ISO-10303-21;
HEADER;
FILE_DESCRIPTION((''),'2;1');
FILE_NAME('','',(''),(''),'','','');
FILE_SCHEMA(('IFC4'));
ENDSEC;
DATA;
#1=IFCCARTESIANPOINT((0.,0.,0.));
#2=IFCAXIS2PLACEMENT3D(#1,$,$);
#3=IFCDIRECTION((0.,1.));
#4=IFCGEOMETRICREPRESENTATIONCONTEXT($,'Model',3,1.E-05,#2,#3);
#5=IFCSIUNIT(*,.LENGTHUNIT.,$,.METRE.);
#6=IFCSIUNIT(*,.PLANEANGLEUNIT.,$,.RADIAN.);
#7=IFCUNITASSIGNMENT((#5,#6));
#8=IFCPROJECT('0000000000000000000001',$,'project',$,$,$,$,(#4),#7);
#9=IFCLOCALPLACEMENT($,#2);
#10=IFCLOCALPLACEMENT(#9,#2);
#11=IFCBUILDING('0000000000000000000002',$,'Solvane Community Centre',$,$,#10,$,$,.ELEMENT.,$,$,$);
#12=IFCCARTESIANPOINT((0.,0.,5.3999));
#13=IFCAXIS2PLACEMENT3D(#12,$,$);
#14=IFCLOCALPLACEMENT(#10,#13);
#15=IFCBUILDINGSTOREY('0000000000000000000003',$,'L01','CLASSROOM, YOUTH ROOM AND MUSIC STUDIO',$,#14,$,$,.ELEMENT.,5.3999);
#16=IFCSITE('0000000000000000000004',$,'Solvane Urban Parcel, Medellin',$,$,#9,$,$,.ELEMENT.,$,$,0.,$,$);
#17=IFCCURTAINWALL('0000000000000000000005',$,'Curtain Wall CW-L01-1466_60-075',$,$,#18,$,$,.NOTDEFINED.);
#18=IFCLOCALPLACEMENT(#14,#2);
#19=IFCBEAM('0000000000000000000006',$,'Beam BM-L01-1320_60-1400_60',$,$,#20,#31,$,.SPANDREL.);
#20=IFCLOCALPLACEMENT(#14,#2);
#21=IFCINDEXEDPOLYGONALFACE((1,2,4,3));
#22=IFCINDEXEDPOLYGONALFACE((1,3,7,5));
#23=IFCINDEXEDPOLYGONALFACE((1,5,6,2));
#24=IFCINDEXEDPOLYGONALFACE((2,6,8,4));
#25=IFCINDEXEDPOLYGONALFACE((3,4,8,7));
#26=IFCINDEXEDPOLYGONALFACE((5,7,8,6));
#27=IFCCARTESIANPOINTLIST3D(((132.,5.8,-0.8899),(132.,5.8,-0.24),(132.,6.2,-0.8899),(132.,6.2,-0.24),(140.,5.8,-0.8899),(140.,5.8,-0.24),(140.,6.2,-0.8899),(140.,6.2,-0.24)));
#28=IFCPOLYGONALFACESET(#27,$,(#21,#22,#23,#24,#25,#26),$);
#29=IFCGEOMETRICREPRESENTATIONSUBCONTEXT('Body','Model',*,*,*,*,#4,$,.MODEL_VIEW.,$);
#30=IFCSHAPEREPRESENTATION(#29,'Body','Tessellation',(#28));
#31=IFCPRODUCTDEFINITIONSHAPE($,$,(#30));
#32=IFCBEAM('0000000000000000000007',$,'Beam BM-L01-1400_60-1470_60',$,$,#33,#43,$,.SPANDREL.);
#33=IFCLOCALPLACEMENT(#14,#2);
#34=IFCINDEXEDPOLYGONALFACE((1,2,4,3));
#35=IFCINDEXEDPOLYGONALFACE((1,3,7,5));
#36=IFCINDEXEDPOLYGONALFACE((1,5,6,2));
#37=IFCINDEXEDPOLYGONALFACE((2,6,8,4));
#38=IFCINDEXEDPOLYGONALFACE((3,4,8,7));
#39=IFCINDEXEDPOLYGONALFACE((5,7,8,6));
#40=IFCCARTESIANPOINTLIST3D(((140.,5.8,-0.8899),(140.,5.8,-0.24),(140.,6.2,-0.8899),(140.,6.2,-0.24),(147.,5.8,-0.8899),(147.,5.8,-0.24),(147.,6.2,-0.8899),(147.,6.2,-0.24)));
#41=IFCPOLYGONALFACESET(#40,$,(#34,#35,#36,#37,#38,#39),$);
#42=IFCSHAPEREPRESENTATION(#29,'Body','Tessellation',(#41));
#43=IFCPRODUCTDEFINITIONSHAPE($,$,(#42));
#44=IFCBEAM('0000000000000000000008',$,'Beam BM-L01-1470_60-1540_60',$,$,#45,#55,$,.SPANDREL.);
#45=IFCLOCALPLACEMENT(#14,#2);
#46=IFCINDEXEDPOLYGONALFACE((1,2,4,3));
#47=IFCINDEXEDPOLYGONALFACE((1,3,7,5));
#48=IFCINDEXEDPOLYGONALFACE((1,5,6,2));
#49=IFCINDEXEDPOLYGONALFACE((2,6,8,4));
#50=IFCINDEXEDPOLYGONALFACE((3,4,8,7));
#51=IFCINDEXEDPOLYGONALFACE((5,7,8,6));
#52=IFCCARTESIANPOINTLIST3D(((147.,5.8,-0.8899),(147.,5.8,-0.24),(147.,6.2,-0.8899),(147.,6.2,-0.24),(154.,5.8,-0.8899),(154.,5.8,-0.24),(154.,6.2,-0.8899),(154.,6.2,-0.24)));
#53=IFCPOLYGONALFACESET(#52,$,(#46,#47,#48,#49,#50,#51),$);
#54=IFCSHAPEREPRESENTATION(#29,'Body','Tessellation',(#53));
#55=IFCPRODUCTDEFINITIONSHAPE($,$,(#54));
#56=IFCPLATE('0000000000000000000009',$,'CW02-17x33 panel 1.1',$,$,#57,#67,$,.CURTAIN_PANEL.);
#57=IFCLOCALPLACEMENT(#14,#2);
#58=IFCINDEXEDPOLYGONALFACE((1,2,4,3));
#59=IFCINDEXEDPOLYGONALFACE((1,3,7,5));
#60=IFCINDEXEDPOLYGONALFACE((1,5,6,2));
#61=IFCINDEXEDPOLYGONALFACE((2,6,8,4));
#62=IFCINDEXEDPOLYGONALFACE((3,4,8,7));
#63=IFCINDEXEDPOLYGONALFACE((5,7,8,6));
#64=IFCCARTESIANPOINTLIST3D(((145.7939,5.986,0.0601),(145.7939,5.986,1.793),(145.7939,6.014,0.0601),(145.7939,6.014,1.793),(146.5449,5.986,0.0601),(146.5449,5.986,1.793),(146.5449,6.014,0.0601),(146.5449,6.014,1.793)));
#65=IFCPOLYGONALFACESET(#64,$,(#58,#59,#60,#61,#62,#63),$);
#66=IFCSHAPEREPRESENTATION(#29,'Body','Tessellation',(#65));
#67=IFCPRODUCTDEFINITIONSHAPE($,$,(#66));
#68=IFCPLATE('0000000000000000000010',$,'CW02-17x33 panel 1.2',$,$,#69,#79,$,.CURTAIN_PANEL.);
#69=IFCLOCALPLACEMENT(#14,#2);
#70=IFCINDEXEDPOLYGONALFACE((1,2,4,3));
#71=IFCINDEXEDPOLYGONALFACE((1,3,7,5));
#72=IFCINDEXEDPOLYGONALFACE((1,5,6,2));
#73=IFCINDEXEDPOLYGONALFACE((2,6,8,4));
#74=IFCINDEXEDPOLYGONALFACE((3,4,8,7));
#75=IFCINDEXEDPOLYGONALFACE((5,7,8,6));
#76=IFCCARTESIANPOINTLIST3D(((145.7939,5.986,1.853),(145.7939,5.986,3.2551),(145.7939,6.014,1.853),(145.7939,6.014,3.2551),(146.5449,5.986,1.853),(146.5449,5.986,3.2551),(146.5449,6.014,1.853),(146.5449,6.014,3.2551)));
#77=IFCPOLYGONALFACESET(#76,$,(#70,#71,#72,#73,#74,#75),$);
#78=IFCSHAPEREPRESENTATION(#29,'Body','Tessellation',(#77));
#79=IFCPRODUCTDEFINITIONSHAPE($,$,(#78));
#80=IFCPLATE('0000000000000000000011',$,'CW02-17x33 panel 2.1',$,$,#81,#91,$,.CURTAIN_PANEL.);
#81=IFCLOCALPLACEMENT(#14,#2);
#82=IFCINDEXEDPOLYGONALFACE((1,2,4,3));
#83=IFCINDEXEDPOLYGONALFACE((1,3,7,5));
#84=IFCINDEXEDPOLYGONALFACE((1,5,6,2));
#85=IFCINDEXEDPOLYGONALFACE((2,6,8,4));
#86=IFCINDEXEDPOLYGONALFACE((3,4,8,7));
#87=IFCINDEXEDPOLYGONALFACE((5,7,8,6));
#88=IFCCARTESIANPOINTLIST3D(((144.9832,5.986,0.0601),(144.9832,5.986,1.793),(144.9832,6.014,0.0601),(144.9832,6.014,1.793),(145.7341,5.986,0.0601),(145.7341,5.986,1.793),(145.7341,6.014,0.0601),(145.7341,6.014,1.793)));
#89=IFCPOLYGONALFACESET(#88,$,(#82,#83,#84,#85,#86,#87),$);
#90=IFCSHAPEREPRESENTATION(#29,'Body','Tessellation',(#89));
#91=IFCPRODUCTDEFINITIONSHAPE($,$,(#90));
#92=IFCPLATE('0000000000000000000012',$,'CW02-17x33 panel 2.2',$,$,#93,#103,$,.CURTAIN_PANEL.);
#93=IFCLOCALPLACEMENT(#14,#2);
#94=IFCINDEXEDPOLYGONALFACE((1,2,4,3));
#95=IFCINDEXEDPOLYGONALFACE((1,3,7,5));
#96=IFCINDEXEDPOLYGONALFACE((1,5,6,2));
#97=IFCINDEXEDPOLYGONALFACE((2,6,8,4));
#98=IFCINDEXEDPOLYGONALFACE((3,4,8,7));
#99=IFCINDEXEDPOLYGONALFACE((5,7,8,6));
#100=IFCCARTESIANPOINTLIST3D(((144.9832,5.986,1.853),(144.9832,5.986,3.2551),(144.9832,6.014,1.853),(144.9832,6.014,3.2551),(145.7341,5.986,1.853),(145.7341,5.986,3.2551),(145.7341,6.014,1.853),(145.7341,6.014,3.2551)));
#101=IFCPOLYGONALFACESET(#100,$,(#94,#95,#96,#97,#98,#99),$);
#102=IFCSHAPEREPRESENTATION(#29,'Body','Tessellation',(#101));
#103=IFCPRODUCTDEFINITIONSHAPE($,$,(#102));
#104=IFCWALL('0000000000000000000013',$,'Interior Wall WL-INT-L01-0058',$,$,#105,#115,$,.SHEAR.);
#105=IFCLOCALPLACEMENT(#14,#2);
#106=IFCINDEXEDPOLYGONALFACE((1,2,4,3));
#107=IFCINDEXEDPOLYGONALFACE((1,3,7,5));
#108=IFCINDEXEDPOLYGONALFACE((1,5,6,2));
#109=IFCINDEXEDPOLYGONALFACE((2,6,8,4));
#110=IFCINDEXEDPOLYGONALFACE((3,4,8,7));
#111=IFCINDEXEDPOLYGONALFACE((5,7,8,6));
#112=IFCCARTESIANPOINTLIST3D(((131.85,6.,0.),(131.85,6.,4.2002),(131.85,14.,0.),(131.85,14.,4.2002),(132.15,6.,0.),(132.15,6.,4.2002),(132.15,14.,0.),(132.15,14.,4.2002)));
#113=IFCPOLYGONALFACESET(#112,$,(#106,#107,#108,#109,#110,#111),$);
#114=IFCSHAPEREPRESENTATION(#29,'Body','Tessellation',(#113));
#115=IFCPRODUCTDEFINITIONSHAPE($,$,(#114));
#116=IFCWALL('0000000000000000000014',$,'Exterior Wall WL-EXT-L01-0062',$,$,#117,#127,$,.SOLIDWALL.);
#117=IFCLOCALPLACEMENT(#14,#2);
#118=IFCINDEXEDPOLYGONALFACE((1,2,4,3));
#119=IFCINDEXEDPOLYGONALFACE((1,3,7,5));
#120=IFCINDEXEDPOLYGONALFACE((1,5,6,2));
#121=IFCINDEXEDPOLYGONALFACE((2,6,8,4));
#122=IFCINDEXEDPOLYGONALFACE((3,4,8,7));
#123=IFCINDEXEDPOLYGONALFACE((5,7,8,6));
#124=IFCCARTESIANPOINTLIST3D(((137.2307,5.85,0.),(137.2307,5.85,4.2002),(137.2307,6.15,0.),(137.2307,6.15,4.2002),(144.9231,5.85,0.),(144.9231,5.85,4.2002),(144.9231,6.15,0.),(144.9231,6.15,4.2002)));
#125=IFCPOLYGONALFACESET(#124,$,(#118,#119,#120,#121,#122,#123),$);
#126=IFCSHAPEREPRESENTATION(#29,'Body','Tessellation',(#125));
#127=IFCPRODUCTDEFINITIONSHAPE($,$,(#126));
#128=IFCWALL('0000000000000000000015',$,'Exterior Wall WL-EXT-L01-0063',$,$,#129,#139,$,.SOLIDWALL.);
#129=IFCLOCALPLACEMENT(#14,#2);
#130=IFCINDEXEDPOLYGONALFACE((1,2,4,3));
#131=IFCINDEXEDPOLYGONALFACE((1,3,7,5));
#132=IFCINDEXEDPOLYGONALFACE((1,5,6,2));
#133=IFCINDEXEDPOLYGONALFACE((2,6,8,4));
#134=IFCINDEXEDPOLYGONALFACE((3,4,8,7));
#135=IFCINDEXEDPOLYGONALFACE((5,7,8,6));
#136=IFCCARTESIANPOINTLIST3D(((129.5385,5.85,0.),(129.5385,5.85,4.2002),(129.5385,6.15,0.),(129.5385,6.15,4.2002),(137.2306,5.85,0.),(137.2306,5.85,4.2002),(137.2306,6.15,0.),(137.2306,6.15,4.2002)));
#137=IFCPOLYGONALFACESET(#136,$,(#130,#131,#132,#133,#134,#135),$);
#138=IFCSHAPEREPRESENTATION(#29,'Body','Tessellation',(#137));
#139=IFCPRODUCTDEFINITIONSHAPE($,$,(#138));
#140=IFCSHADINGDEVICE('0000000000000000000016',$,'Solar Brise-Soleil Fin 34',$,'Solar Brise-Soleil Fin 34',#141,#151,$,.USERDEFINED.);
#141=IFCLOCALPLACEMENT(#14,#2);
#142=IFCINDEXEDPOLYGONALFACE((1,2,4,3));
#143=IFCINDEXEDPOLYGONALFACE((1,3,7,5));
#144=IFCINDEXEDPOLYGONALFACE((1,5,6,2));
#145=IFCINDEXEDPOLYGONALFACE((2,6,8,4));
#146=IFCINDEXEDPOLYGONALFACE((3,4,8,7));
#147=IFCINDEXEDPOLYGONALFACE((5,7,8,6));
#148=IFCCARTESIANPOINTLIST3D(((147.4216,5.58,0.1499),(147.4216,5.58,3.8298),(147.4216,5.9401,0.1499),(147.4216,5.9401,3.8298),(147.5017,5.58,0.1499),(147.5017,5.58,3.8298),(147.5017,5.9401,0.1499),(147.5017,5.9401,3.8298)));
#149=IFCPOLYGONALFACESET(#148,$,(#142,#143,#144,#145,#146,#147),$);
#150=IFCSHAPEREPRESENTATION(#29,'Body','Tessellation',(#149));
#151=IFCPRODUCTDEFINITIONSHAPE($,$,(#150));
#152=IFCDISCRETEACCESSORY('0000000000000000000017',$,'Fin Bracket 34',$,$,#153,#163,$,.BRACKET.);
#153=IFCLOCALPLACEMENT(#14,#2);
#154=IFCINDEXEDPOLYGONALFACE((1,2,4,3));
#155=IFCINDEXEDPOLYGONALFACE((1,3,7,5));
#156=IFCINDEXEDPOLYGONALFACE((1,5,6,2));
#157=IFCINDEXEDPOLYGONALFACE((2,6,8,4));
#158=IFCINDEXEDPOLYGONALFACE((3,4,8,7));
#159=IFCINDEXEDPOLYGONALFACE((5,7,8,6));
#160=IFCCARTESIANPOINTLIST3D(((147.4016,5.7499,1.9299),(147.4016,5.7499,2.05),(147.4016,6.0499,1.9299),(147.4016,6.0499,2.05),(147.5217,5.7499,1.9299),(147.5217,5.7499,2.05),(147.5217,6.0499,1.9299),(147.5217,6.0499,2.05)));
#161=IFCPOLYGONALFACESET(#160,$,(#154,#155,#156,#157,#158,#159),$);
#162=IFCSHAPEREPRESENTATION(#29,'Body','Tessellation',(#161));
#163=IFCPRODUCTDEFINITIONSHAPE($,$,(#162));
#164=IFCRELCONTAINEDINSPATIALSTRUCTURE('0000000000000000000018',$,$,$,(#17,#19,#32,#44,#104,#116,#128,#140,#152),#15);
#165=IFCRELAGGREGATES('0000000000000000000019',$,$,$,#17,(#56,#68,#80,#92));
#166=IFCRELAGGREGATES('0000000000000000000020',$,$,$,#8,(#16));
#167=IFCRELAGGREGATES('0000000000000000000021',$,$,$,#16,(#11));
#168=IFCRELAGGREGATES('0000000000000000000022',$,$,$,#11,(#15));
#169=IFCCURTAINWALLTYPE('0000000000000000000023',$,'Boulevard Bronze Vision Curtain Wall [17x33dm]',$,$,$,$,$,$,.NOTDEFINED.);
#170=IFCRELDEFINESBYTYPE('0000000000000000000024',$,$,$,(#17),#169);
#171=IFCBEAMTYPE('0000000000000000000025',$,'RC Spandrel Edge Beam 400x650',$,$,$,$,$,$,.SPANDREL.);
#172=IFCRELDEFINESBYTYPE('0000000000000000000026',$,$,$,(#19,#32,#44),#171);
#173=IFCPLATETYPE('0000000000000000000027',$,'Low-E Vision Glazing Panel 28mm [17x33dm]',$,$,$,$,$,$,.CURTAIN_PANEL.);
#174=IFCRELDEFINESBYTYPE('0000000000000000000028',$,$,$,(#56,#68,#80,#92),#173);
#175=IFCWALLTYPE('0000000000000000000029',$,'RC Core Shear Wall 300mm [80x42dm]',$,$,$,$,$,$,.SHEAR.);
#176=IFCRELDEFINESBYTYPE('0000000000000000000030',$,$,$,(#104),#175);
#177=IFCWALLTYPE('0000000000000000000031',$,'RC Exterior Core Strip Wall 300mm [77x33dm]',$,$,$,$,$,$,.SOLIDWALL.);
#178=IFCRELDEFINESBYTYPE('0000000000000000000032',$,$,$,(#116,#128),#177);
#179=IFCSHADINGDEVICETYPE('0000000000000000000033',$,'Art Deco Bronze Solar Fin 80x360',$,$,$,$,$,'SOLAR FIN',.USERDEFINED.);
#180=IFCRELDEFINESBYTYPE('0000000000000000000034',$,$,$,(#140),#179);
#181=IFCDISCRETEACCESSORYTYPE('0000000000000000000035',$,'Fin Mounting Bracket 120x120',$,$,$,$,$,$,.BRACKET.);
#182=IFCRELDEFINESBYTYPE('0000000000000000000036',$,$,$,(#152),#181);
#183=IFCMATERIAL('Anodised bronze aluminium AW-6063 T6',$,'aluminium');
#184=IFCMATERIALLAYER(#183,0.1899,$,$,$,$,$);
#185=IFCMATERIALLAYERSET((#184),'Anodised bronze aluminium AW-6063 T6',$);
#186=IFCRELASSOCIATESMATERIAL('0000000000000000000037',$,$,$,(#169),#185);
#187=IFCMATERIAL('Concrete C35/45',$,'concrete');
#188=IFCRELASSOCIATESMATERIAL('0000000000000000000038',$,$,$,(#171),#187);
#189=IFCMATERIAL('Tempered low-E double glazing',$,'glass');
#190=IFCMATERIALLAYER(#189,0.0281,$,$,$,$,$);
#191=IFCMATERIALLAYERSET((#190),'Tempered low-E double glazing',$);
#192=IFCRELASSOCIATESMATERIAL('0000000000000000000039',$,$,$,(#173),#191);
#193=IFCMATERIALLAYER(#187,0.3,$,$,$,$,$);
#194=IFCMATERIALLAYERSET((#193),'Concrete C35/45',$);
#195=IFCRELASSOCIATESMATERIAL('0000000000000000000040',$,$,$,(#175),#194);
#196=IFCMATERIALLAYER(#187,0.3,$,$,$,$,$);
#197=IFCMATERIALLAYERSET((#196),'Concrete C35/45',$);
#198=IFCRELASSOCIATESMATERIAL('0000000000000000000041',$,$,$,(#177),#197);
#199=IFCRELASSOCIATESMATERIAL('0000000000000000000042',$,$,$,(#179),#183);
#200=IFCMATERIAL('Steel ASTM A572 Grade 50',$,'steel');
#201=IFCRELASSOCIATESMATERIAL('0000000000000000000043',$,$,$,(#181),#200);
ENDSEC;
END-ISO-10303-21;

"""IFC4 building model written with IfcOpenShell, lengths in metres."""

from ifc_helpers import new_model, si_unit, direction, frame, frame_2d, origin, origin_2d, place, context, subcontext, project, spatial, rectangle, extrude, material, layer, layer_set, material_profile, profile_set, type_object, element, aggregate, save


model = new_model("IFC4")

# Units and contexts
model_context = context("Model", 3, precision=1e-05, world=origin(), true_north=direction((0.0, 1.0)))
body_context = subcontext(model_context, "Body", "Model", "MODEL_VIEW")
ifc_project = project(units=[si_unit("LENGTHUNIT", "METRE"), si_unit("PLANEANGLEUNIT", "RADIAN")], contexts=[model_context])

# Site, building, storey
site_placement = place(None, origin())
site = spatial("IfcSite", under=ifc_project, at=site_placement, Name="Solvane Urban Parcel, Medellin", CompositionType="ELEMENT", RefElevation=0.0)
building_placement = place(site_placement, origin())
building = spatial("IfcBuilding", under=site, at=building_placement, Name="Solvane Community Centre", CompositionType="ELEMENT")
storey_placement = place(building_placement, frame((0.0, 0.0, 5.3999)))
storey = spatial("IfcBuildingStorey", under=building, at=storey_placement, Name="L01", Description="CLASSROOM, YOUTH ROOM AND MUSIC STUDIO", CompositionType="ELEMENT", Elevation=5.3999)

# Shared definitions
ifc_material_1 = material(Name="Anodised bronze aluminium AW-6063 T6", Category="aluminium")

# Curtain wall
ifc_layer_1 = layer(ifc_material_1, 0.1899)
ifc_layer_set_1 = layer_set([ifc_layer_1], Name="Anodised bronze aluminium AW-6063 T6")
curtain_wall_type_1 = type_object("IfcCurtainWallType", Name="Boulevard Bronze Vision Curtain Wall [17x33dm]", PredefinedType="NOTDEFINED", material=ifc_layer_set_1)
curtain_wall_1_placement = place(storey_placement, origin())
curtain_wall_1 = element("IfcCurtainWall", 1, at=curtain_wall_1_placement, inside=storey, type_object=curtain_wall_type_1, Name="Curtain Wall CW-L01-1466_60-075", PredefinedType="NOTDEFINED")

# Beams
ifc_material_2 = material(Name="Concrete C35/45", Category="concrete")
ifc_material_profile_1 = material_profile(ifc_material_2, rectangle(XDim=0.3999, YDim=0.6499, at=origin_2d()), Name="RC 400x650")
ifc_profile_set_1 = profile_set([ifc_material_profile_1], Name="Concrete C35/45")
beam_type_1 = type_object("IfcBeamType", Name="RC Spandrel Edge Beam 400x650", PredefinedType="SPANDREL", material=ifc_profile_set_1)
beam_placement = place(storey_placement, frame((132.0, 6.0, -0.5649), z_axis=(1.0, 0.0, 0.0), x_axis=(0.0, 1.0, 0.0)))
element("IfcBeam", 2, at=beam_placement, inside=storey, type_object=beam_type_1, Name="Beam BM-L01-1320_60-1400_60", PredefinedType="SPANDREL", context=body_context, shape_type="SweptSolid", body=[
    extrude(rectangle(XDim=0.3999, YDim=0.6499, at=origin_2d()), origin(), (0.0, 0.0, 1.0), 8.0),
])
for number, where, z_axis, x_axis, name in (
    (3, (140.0, 6.0, -0.5649), (1.0, 0.0, 0.0), (0.0, 1.0, 0.0), "Beam BM-L01-1400_60-1470_60"),
    (4, (147.0, 6.0, -0.5649), (1.0, 0.0, 0.0), (0.0, 1.0, 0.0), "Beam BM-L01-1470_60-1540_60"),
):
    element("IfcBeam", number, at=place(storey_placement, frame(where, z_axis=z_axis, x_axis=x_axis)), inside=storey, type_object=beam_type_1, Name=name, PredefinedType="SPANDREL", context=body_context, shape_type="SweptSolid", body=[
        extrude(rectangle(XDim=0.3999, YDim=0.6499, at=origin_2d()), origin(), (0.0, 0.0, 1.0), 7.0),
    ])

# Plates
ifc_material_3 = material(Name="Tempered low-E double glazing", Category="glass")
ifc_layer_2 = layer(ifc_material_3, 0.0281)
ifc_layer_set_2 = layer_set([ifc_layer_2], Name="Tempered low-E double glazing")
plate_type = type_object("IfcPlateType", Name="Low-E Vision Glazing Panel 28mm [17x33dm]", PredefinedType="CURTAIN_PANEL", material=ifc_layer_set_2)
plate_1_placement = place(storey_placement, frame((146.1694, 6.0, 0.0601), z_axis=(0.0, 0.0, 1.0), x_axis=(-1.0, 0.0, 0.0)))
plate_1 = element("IfcPlate", 5, at=plate_1_placement, type_object=plate_type, Name="CW02-17x33 panel 1.1", PredefinedType="CURTAIN_PANEL", context=body_context, shape_type="SweptSolid", body=[
    extrude(rectangle(XDim=0.751, YDim=0.0281, at=origin_2d()), origin(), (0.0, 0.0, 1.0), 1.7329),
])
plate_2_placement = place(storey_placement, frame((146.1694, 6.0, 1.853), z_axis=(0.0, 0.0, 1.0), x_axis=(-1.0, 0.0, 0.0)))
plate_2 = element("IfcPlate", 6, at=plate_2_placement, type_object=plate_type, Name="CW02-17x33 panel 1.2", PredefinedType="CURTAIN_PANEL", context=body_context, shape_type="SweptSolid", body=[
    extrude(rectangle(XDim=0.751, YDim=0.0281, at=origin_2d()), origin(), (0.0, 0.0, 1.0), 1.4021),
])
plate_3_placement = place(storey_placement, frame((145.3586, 6.0, 0.0601), z_axis=(0.0, 0.0, 1.0), x_axis=(-1.0, 0.0, 0.0)))
plate_3 = element("IfcPlate", 7, at=plate_3_placement, type_object=plate_type, Name="CW02-17x33 panel 2.1", PredefinedType="CURTAIN_PANEL", context=body_context, shape_type="SweptSolid", body=[
    extrude(rectangle(XDim=0.751, YDim=0.0281, at=origin_2d()), origin(), (0.0, 0.0, 1.0), 1.7329),
])
plate_4_placement = place(storey_placement, frame((145.3586, 6.0, 1.853), z_axis=(0.0, 0.0, 1.0), x_axis=(-1.0, 0.0, 0.0)))
plate_4 = element("IfcPlate", 8, at=plate_4_placement, type_object=plate_type, Name="CW02-17x33 panel 2.2", PredefinedType="CURTAIN_PANEL", context=body_context, shape_type="SweptSolid", body=[
    extrude(rectangle(XDim=0.751, YDim=0.0281, at=origin_2d()), origin(), (0.0, 0.0, 1.0), 1.4021),
])
aggregate(curtain_wall_1, [plate_1, plate_2, plate_3, plate_4])

# Walls
ifc_layer_3 = layer(ifc_material_2, 0.3)
ifc_layer_set_3 = layer_set([ifc_layer_3], Name="Concrete C35/45")
wall_type_1 = type_object("IfcWallType", Name="RC Core Shear Wall 300mm [80x42dm]", PredefinedType="SHEAR", material=ifc_layer_set_3)
wall_1_placement = place(storey_placement, frame((132.0, 6.0, 0.0), z_axis=(0.0, 0.0, 1.0), x_axis=(0.0, 1.0, 0.0)))
element("IfcWall", 9, at=wall_1_placement, inside=storey, type_object=wall_type_1, Name="Interior Wall WL-INT-L01-0058", PredefinedType="SHEAR", context=body_context, shape_type="SweptSolid", body=[
    extrude(rectangle(XDim=8.0, YDim=0.3, at=frame_2d((4.0, 0.0))), origin(), (0.0, 0.0, 1.0), 4.2002),
])
ifc_layer_4 = layer(ifc_material_2, 0.3)
ifc_layer_set_4 = layer_set([ifc_layer_4], Name="Concrete C35/45")
wall_type_2 = type_object("IfcWallType", Name="RC Exterior Core Strip Wall 300mm [77x33dm]", PredefinedType="SOLIDWALL", material=ifc_layer_set_4)
wall_2_placement = place(storey_placement, frame((144.9231, 6.0, 0.0), z_axis=(0.0, 0.0, 1.0), x_axis=(-1.0, 0.0, 0.0)))
element("IfcWall", 10, at=wall_2_placement, inside=storey, type_object=wall_type_2, Name="Exterior Wall WL-EXT-L01-0062", PredefinedType="SOLIDWALL", context=body_context, shape_type="SweptSolid", body=[
    extrude(rectangle(XDim=7.6924, YDim=0.3, at=frame_2d((3.8462, 0.0))), origin(), (0.0, 0.0, 1.0), 4.2002),
])
wall_3_placement = place(storey_placement, frame((137.2307, 6.0, 0.0), z_axis=(0.0, 0.0, 1.0), x_axis=(-1.0, 0.0, 0.0)))
element("IfcWall", 11, at=wall_3_placement, inside=storey, type_object=wall_type_2, Name="Exterior Wall WL-EXT-L01-0063", PredefinedType="SOLIDWALL", context=body_context, shape_type="SweptSolid", body=[
    extrude(rectangle(XDim=7.6921, YDim=0.3, at=frame_2d((3.8462, 0.0))), origin(), (0.0, 0.0, 1.0), 4.2002),
])

# Shading device
shading_device_type = type_object("IfcShadingDeviceType", Name="Art Deco Bronze Solar Fin 80x360", ElementType="SOLAR FIN", PredefinedType="USERDEFINED", material=ifc_material_1)
shading_device_placement = place(storey_placement, frame((147.4617, 5.76, 0.1499), z_axis=(0.0, 0.0, 1.0), x_axis=(-1.0, 0.0, 0.0)))
element("IfcShadingDevice", 12, at=shading_device_placement, inside=storey, type_object=shading_device_type, Name="Solar Brise-Soleil Fin 34", ObjectType="Solar Brise-Soleil Fin 34", PredefinedType="USERDEFINED", context=body_context, shape_type="SweptSolid", body=[
    extrude(rectangle(XDim=0.0801, YDim=0.3601, at=origin_2d()), origin(), (0.0, 0.0, 1.0), 3.6799),
])

# Discrete accessory
ifc_material_4 = material(Name="Steel ASTM A572 Grade 50", Category="steel")
discrete_accessory_type = type_object("IfcDiscreteAccessoryType", Name="Fin Mounting Bracket 120x120", PredefinedType="BRACKET", material=ifc_material_4)
discrete_accessory_placement = place(storey_placement, frame((147.4617, 5.8999, 1.9299), z_axis=(0.0, 0.0, 1.0), x_axis=(-1.0, 0.0, 0.0)))
element("IfcDiscreteAccessory", 13, at=discrete_accessory_placement, inside=storey, type_object=discrete_accessory_type, Name="Fin Bracket 34", PredefinedType="BRACKET", context=body_context, shape_type="SweptSolid", body=[
    extrude(rectangle(XDim=0.1201, YDim=0.3, at=origin_2d()), origin(), (0.0, 0.0, 1.0), 0.1201),
])

save(model, "model.ifc")
